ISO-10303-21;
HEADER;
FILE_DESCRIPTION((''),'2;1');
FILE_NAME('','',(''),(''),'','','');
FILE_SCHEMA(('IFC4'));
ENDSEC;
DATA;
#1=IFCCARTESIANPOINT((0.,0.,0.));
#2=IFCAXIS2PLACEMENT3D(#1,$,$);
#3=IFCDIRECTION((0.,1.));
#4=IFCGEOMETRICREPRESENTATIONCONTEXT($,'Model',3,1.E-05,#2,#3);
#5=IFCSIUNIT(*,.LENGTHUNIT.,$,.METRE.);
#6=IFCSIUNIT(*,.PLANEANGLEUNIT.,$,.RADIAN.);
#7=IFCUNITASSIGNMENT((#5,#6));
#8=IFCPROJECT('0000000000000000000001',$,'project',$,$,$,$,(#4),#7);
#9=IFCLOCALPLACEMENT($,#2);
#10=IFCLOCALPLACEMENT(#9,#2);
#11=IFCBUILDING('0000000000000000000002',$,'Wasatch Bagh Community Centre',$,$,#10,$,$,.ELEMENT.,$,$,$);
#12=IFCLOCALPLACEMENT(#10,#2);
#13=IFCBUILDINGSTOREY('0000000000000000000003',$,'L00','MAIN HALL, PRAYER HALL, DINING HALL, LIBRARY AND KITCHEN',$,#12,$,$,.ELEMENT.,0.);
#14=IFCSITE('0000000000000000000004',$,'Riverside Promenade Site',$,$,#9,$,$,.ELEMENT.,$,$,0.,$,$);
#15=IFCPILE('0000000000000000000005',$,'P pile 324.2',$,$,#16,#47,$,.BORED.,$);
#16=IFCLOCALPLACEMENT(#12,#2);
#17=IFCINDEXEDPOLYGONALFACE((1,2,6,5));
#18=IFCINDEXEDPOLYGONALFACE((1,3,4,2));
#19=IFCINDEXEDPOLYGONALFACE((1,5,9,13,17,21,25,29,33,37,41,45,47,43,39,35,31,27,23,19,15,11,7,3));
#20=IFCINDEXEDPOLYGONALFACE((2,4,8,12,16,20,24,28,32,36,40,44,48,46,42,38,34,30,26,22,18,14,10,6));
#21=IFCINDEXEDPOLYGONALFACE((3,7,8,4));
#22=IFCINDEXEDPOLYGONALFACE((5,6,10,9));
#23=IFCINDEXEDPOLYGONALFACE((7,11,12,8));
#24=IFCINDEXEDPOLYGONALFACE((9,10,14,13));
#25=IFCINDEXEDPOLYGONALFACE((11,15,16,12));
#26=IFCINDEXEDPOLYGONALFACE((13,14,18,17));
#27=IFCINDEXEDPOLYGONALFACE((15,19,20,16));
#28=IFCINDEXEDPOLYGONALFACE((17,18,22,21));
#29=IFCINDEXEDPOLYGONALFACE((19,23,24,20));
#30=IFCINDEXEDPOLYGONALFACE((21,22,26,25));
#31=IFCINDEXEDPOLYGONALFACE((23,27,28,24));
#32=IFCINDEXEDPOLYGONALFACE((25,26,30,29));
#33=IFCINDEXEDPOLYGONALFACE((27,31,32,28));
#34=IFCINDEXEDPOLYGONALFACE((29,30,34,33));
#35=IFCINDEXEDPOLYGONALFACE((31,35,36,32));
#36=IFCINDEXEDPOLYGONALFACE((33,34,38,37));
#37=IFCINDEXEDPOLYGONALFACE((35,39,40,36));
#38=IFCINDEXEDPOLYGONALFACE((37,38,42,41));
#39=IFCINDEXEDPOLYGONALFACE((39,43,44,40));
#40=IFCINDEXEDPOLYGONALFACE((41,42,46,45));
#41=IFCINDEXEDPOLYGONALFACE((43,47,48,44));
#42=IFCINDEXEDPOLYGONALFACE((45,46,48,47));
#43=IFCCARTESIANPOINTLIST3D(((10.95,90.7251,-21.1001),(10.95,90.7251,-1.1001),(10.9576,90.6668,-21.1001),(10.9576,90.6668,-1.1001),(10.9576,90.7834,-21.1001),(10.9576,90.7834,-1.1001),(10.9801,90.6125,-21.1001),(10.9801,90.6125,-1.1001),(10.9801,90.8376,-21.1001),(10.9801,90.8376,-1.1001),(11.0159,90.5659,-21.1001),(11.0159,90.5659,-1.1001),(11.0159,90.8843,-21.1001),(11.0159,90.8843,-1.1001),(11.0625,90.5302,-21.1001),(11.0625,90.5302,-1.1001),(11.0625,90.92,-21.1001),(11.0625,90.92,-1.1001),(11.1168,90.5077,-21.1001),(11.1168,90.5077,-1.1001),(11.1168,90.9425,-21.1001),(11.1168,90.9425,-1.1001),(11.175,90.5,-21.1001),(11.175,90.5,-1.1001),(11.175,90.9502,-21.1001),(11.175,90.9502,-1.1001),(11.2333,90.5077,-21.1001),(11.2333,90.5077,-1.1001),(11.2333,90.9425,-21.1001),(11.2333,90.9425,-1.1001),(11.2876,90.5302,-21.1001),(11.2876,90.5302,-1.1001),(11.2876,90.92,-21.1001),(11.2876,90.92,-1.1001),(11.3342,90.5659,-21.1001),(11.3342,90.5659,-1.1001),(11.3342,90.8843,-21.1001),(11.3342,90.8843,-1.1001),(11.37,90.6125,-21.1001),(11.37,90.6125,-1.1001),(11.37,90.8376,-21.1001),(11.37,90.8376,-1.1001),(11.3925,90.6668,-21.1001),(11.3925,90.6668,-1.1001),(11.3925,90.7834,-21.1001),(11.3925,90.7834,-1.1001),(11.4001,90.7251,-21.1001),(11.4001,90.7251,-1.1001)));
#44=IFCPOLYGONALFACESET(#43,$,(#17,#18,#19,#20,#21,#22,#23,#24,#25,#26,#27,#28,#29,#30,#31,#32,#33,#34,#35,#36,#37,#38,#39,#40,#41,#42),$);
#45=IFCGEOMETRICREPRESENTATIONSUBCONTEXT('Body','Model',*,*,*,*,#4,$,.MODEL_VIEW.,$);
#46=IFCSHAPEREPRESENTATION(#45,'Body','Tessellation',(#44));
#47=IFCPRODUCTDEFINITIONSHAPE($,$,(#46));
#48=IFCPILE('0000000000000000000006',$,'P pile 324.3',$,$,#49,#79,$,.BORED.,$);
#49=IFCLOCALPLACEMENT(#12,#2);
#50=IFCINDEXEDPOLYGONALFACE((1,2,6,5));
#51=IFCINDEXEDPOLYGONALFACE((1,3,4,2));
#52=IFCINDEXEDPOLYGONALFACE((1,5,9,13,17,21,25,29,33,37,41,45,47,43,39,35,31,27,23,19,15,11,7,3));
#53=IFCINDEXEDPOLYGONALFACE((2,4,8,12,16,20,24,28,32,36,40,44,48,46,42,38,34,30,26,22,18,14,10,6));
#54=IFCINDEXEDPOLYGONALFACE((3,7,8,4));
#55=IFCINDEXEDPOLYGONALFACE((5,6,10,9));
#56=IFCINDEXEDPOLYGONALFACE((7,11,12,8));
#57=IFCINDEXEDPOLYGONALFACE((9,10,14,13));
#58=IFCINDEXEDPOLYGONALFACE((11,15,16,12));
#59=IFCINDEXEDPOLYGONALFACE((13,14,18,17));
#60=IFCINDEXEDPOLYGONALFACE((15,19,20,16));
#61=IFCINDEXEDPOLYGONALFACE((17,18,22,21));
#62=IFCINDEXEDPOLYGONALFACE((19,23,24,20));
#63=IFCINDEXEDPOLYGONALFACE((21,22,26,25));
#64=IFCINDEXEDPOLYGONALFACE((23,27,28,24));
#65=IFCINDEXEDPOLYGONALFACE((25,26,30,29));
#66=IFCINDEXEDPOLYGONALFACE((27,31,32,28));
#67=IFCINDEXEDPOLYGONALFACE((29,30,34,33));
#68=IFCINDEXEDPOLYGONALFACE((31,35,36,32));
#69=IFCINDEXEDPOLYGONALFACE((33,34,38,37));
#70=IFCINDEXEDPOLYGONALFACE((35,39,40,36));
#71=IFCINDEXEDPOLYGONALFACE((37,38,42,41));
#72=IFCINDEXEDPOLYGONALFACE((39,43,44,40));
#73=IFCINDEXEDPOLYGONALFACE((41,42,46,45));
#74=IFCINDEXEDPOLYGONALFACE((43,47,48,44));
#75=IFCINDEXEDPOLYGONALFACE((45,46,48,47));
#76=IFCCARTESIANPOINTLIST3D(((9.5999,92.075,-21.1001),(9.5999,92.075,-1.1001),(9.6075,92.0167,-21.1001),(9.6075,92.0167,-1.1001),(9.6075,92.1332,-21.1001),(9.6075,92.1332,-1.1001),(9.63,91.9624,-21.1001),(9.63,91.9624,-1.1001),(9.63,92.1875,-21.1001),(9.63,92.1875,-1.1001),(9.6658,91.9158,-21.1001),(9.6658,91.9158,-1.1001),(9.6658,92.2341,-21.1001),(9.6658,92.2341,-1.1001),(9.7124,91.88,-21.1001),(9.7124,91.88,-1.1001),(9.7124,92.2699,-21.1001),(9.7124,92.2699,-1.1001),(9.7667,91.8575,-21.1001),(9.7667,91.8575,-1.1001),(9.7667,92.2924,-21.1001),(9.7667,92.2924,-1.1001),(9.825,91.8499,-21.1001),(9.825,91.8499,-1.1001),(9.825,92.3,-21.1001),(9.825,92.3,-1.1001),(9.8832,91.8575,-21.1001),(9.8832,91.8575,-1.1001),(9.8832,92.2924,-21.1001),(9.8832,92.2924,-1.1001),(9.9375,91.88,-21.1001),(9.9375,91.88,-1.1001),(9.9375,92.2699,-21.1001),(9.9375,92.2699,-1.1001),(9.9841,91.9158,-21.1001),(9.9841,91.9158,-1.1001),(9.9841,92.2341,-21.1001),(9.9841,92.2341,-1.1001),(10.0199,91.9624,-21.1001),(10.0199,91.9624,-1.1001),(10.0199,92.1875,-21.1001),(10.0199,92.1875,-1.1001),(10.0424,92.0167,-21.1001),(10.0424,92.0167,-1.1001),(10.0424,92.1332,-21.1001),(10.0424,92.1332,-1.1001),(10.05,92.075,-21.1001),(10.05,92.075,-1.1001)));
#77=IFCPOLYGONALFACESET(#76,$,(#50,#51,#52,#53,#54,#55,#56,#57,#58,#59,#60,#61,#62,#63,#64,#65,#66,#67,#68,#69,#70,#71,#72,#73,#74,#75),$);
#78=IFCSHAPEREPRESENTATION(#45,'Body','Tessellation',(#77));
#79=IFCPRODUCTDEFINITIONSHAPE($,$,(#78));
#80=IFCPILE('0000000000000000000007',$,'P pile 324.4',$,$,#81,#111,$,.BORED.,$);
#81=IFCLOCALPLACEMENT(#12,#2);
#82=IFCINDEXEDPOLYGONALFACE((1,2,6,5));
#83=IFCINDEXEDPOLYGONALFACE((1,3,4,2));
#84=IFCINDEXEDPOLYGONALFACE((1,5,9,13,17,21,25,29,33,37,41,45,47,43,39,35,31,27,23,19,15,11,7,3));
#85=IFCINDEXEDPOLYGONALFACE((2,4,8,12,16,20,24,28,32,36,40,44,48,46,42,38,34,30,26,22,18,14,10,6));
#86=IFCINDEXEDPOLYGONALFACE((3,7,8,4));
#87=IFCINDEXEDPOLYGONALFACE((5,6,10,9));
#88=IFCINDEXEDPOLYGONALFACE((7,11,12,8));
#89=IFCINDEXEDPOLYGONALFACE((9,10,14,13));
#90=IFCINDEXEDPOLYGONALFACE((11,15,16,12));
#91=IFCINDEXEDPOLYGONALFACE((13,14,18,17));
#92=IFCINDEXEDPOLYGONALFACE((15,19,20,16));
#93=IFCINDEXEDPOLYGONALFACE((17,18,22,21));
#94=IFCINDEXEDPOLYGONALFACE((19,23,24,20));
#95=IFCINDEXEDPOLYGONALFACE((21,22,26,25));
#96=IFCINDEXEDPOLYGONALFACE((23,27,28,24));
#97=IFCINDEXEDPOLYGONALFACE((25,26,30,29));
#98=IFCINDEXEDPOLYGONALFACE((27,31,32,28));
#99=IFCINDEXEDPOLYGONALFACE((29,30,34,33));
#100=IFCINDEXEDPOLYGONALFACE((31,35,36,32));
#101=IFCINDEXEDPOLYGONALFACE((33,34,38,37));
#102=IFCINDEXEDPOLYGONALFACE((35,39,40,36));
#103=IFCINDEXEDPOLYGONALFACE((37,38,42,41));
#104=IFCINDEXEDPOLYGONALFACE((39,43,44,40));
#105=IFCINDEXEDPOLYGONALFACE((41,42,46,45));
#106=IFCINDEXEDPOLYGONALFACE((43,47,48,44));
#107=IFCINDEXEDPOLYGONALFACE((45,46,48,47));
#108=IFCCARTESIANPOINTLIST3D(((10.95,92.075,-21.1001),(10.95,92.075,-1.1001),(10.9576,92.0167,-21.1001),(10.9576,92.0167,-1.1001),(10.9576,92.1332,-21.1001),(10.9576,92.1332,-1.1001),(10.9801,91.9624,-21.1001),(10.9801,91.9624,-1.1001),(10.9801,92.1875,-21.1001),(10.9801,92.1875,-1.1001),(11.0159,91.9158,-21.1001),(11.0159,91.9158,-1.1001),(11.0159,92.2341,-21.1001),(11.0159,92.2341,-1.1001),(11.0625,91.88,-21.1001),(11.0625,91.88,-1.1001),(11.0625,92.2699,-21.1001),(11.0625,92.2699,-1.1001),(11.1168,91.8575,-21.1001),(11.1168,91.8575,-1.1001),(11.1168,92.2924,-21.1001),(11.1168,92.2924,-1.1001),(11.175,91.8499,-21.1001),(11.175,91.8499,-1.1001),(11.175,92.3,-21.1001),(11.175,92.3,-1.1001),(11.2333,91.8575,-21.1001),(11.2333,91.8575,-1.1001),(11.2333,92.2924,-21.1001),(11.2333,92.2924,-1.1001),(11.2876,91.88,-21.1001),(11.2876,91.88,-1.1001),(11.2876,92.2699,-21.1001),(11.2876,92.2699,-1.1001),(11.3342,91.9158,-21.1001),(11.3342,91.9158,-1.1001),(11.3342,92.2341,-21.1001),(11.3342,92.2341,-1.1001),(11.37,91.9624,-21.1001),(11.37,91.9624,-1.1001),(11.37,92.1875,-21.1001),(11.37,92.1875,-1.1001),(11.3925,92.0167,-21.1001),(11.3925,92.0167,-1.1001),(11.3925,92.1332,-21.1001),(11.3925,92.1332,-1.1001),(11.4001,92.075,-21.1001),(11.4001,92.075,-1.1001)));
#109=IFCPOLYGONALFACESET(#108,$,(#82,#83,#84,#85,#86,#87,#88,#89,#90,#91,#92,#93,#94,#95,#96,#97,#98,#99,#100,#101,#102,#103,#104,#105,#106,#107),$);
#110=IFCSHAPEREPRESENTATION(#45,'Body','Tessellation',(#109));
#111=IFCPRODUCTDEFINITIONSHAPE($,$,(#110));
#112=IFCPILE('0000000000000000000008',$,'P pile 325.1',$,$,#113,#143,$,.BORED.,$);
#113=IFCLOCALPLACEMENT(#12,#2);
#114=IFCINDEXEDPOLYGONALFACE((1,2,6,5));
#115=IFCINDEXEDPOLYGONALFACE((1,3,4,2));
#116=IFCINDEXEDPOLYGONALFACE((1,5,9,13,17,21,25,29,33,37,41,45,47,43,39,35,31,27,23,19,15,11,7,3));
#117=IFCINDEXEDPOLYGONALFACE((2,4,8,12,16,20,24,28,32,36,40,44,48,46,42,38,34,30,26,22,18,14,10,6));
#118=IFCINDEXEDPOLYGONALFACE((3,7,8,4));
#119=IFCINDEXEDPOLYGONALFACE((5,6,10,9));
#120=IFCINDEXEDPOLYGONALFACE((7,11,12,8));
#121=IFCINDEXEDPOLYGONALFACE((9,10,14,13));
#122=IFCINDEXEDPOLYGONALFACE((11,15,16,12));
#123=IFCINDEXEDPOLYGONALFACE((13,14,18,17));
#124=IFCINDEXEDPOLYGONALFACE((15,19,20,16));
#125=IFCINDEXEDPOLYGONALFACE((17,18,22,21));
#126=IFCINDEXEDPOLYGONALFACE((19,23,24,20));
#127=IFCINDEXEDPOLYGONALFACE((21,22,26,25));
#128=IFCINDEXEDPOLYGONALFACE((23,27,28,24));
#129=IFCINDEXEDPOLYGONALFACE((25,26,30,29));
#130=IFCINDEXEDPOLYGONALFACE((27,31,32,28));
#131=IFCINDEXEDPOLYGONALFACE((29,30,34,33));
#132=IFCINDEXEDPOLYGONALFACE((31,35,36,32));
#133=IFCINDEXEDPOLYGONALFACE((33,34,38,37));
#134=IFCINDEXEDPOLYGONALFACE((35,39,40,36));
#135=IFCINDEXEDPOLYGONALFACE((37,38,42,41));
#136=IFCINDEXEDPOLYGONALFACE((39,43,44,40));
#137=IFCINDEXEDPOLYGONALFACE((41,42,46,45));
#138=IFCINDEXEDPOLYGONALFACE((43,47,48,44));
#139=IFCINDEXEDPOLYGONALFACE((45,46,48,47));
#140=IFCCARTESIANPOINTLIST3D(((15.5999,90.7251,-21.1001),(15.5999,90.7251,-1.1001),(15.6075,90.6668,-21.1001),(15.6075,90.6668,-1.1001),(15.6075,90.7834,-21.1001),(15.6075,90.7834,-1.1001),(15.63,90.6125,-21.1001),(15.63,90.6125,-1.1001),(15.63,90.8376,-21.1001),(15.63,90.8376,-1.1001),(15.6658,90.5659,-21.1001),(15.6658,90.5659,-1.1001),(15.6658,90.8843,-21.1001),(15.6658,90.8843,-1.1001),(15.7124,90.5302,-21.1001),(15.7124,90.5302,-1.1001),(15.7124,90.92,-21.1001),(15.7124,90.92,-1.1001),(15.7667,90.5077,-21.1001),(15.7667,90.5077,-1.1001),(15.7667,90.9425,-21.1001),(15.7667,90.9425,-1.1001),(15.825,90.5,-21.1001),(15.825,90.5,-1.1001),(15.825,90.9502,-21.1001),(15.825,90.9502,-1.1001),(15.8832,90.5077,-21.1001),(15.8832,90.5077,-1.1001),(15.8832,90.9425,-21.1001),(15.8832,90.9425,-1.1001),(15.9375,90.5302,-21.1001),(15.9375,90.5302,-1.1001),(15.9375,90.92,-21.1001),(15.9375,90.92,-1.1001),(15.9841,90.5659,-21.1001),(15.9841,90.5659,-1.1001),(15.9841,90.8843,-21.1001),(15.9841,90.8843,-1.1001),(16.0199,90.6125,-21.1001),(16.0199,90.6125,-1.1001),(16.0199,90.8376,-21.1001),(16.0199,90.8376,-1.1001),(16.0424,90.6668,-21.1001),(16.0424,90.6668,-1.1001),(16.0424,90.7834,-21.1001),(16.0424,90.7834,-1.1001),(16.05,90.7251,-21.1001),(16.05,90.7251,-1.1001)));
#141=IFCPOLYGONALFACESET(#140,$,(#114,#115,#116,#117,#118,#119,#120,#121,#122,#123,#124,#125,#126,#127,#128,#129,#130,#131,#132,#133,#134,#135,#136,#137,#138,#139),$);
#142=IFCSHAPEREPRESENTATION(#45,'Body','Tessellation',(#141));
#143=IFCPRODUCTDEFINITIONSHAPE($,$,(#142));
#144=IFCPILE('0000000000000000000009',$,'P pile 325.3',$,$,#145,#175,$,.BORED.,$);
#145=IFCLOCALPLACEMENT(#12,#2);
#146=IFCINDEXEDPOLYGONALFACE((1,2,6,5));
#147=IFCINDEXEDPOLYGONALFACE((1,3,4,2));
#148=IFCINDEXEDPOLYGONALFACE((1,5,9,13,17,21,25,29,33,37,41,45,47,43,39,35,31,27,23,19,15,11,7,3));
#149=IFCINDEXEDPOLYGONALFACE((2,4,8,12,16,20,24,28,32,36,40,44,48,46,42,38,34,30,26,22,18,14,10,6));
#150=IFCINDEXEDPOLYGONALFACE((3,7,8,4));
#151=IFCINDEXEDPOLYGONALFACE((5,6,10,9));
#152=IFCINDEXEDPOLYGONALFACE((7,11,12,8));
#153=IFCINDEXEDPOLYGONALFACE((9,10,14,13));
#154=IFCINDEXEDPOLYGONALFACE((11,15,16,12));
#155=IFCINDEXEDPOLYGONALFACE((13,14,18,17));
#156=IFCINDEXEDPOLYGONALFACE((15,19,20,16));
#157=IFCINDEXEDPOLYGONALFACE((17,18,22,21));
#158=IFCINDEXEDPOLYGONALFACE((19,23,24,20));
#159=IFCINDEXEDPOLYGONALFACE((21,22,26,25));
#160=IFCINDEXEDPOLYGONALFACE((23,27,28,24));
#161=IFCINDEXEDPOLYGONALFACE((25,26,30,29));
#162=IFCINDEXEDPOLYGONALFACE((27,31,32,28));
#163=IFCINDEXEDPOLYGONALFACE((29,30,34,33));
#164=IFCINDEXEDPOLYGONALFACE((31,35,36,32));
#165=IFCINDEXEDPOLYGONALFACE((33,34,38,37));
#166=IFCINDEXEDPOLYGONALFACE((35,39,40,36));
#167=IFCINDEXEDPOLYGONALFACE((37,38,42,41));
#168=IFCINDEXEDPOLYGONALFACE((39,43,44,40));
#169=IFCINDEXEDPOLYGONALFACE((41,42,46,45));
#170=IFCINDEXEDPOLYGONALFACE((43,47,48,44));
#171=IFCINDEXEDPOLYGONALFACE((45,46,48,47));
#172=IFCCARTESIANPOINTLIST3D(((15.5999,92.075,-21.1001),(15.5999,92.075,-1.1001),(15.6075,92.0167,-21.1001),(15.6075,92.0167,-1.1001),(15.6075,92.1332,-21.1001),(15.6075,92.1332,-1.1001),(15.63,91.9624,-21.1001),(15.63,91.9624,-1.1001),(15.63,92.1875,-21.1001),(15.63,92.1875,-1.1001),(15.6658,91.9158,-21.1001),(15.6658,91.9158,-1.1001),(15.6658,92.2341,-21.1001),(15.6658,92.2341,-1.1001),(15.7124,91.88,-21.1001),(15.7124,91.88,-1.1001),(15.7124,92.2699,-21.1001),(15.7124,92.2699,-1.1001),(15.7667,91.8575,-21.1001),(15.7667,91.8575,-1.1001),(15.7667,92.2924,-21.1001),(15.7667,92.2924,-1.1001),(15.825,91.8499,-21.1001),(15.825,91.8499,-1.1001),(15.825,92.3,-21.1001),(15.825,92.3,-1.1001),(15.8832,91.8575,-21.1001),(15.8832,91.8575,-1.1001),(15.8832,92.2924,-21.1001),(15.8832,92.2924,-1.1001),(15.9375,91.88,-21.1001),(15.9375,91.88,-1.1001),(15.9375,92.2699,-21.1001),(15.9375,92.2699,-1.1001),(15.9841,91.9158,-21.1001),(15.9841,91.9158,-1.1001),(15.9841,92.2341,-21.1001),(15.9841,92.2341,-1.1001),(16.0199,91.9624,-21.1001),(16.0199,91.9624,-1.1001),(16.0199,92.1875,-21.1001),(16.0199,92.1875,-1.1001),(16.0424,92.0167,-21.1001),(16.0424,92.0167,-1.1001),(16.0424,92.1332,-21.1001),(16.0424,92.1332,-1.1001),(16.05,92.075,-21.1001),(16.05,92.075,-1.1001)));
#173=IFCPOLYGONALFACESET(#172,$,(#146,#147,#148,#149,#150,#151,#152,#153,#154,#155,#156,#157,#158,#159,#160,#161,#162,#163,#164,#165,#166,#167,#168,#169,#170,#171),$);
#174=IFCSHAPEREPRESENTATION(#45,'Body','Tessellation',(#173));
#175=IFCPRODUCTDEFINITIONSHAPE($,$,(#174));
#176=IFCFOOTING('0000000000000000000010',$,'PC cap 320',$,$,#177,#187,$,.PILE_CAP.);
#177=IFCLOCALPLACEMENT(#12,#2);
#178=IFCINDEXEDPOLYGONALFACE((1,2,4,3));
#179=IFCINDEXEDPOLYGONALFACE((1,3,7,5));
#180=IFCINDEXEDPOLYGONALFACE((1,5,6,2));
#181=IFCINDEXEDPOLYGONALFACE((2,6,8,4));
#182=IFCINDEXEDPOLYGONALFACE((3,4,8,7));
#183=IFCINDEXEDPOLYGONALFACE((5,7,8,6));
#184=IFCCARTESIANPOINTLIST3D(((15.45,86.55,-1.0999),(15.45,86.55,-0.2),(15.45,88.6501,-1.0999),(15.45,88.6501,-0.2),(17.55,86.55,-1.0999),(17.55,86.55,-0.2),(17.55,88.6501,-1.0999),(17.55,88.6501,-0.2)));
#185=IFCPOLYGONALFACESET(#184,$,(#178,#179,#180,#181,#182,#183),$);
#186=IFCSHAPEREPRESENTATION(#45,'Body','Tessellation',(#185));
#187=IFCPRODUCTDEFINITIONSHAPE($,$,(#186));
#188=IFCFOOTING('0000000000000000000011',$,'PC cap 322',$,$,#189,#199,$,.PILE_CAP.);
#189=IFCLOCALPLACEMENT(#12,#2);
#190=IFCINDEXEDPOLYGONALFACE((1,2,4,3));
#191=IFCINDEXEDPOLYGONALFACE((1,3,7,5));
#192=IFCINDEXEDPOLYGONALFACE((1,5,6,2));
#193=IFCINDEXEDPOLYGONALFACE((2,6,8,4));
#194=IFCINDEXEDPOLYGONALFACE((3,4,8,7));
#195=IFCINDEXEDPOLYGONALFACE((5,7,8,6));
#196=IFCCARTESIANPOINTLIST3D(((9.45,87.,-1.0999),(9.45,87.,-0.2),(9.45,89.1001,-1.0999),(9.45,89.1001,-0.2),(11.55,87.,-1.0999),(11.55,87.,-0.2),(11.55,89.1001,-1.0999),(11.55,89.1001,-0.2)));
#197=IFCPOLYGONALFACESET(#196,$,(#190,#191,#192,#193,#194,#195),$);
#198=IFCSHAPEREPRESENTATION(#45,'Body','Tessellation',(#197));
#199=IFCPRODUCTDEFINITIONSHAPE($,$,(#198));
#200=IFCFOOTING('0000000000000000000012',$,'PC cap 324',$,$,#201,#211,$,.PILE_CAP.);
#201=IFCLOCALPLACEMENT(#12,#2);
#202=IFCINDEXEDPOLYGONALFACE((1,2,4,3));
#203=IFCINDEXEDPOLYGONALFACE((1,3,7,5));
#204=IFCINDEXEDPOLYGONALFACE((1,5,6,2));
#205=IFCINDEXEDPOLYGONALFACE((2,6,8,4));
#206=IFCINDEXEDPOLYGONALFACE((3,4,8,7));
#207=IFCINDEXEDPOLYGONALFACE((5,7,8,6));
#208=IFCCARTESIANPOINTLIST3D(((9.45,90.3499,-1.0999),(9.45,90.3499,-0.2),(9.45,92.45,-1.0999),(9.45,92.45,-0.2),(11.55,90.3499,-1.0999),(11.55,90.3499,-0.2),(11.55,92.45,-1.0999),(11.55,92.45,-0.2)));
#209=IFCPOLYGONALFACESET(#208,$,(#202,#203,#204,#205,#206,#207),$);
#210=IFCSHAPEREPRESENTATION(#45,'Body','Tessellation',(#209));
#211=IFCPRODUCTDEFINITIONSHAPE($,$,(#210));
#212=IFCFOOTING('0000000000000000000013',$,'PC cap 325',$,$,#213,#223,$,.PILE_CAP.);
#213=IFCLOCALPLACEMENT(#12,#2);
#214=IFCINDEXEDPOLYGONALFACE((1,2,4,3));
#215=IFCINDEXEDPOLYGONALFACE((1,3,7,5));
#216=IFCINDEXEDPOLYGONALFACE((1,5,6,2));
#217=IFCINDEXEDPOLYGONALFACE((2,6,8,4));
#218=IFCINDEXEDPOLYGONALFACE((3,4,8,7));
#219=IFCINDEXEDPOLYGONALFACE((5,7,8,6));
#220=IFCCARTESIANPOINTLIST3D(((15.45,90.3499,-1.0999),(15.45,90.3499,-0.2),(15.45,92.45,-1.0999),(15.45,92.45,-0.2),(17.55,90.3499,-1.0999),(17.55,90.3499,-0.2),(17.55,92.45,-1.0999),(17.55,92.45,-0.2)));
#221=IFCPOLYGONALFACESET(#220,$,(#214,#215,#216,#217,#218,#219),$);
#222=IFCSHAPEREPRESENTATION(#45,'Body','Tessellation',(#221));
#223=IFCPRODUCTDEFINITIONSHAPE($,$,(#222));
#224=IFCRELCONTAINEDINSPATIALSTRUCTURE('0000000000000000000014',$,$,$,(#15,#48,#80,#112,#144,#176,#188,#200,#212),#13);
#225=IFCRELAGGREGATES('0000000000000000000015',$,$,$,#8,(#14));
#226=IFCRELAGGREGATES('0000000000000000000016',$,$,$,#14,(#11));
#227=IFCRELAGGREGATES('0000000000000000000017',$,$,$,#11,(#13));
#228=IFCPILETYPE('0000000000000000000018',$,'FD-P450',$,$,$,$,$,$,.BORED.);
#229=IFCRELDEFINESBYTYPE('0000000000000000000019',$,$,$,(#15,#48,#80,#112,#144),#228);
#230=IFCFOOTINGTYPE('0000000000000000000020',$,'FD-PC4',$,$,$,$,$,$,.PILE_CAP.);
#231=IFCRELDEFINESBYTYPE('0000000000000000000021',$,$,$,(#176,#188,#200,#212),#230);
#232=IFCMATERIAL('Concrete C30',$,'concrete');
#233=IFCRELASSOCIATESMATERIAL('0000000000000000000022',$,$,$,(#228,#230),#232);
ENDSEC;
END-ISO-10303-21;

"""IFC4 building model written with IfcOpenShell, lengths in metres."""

from ifc_helpers import new_model, si_unit, direction, frame, origin, origin_2d, place, context, subcontext, project, spatial, rectangle, circle, extrude, material, material_profile, profile_set, type_object, element, save


model = new_model("IFC4")

# Units and contexts
model_context = context("Model", 3, precision=1e-05, world=origin(), true_north=direction((0.0, 1.0)))
body_context = subcontext(model_context, "Body", "Model", "MODEL_VIEW")
ifc_project = project(units=[si_unit("LENGTHUNIT", "METRE"), si_unit("PLANEANGLEUNIT", "RADIAN")], contexts=[model_context])

# Site, building, storey
site_placement = place(None, origin())
site = spatial("IfcSite", under=ifc_project, at=site_placement, Name="Riverside Promenade Site", CompositionType="ELEMENT", RefElevation=0.0)
building_placement = place(site_placement, origin())
building = spatial("IfcBuilding", under=site, at=building_placement, Name="Wasatch Bagh Community Centre", CompositionType="ELEMENT")
storey_placement = place(building_placement, origin())
storey = spatial("IfcBuildingStorey", under=building, at=storey_placement, Name="L00", Description="MAIN HALL, PRAYER HALL, DINING HALL, LIBRARY AND KITCHEN", CompositionType="ELEMENT", Elevation=0.0)

# Piles
ifc_material_1 = material(Name="Concrete C30", Category="concrete")
ifc_material_profile_1 = material_profile(ifc_material_1, circle(Radius=0.2251, at=origin_2d()), Name="RC D450")
ifc_profile_set_1 = profile_set([ifc_material_profile_1], Name="Concrete C30")
pile_type = type_object("IfcPileType", Name="FD-P450", PredefinedType="BORED", material=ifc_profile_set_1)
for number, where, z_axis, x_axis, name in (
    (1, (11.175, 90.7251, -1.1001), (0.0, 0.0, -1.0), (1.0, 0.0, 0.0), "P pile 324.2"),
    (2, (9.825, 92.075, -1.1001), (0.0, 0.0, -1.0), (1.0, 0.0, 0.0), "P pile 324.3"),
    (3, (11.175, 92.075, -1.1001), (0.0, 0.0, -1.0), (1.0, 0.0, 0.0), "P pile 324.4"),
    (4, (15.825, 90.7251, -1.1001), (0.0, 0.0, -1.0), (1.0, 0.0, 0.0), "P pile 325.1"),
    (5, (15.825, 92.075, -1.1001), (0.0, 0.0, -1.0), (1.0, 0.0, 0.0), "P pile 325.3"),
):
    element("IfcPile", number, at=place(storey_placement, frame(where, z_axis=z_axis, x_axis=x_axis)), inside=storey, type_object=pile_type, Name=name, PredefinedType="BORED", context=body_context, shape_type="SweptSolid", body=[
        extrude(circle(Radius=0.2251, at=origin_2d()), origin(), (0.0, 0.0, 1.0), 20.0),
    ])

# Footings
footing_type_1 = type_object("IfcFootingType", Name="FD-PC4", PredefinedType="PILE_CAP", material=ifc_material_1)
for number, where, z_axis, x_axis, name in (
    (6, (16.5, 87.6001, -1.0999), (0.0, 0.0, 1.0), (1.0, 0.0, 0.0), "PC cap 320"),
    (7, (10.5, 88.05, -1.0999), (0.0, 0.0, 1.0), (1.0, 0.0, 0.0), "PC cap 322"),
    (8, (10.5, 91.3999, -1.0999), (0.0, 0.0, 1.0), (1.0, 0.0, 0.0), "PC cap 324"),
    (9, (16.5, 91.3999, -1.0999), (0.0, 0.0, 1.0), (1.0, 0.0, 0.0), "PC cap 325"),
):
    element("IfcFooting", number, at=place(storey_placement, frame(where, z_axis=z_axis, x_axis=x_axis)), inside=storey, type_object=footing_type_1, Name=name, PredefinedType="PILE_CAP", context=body_context, shape_type="SweptSolid", body=[
        extrude(rectangle(XDim=2.1001, YDim=2.1001, at=origin_2d()), origin(), (0.0, 0.0, 1.0), 0.8999),
    ])

save(model, "model.ifc")
